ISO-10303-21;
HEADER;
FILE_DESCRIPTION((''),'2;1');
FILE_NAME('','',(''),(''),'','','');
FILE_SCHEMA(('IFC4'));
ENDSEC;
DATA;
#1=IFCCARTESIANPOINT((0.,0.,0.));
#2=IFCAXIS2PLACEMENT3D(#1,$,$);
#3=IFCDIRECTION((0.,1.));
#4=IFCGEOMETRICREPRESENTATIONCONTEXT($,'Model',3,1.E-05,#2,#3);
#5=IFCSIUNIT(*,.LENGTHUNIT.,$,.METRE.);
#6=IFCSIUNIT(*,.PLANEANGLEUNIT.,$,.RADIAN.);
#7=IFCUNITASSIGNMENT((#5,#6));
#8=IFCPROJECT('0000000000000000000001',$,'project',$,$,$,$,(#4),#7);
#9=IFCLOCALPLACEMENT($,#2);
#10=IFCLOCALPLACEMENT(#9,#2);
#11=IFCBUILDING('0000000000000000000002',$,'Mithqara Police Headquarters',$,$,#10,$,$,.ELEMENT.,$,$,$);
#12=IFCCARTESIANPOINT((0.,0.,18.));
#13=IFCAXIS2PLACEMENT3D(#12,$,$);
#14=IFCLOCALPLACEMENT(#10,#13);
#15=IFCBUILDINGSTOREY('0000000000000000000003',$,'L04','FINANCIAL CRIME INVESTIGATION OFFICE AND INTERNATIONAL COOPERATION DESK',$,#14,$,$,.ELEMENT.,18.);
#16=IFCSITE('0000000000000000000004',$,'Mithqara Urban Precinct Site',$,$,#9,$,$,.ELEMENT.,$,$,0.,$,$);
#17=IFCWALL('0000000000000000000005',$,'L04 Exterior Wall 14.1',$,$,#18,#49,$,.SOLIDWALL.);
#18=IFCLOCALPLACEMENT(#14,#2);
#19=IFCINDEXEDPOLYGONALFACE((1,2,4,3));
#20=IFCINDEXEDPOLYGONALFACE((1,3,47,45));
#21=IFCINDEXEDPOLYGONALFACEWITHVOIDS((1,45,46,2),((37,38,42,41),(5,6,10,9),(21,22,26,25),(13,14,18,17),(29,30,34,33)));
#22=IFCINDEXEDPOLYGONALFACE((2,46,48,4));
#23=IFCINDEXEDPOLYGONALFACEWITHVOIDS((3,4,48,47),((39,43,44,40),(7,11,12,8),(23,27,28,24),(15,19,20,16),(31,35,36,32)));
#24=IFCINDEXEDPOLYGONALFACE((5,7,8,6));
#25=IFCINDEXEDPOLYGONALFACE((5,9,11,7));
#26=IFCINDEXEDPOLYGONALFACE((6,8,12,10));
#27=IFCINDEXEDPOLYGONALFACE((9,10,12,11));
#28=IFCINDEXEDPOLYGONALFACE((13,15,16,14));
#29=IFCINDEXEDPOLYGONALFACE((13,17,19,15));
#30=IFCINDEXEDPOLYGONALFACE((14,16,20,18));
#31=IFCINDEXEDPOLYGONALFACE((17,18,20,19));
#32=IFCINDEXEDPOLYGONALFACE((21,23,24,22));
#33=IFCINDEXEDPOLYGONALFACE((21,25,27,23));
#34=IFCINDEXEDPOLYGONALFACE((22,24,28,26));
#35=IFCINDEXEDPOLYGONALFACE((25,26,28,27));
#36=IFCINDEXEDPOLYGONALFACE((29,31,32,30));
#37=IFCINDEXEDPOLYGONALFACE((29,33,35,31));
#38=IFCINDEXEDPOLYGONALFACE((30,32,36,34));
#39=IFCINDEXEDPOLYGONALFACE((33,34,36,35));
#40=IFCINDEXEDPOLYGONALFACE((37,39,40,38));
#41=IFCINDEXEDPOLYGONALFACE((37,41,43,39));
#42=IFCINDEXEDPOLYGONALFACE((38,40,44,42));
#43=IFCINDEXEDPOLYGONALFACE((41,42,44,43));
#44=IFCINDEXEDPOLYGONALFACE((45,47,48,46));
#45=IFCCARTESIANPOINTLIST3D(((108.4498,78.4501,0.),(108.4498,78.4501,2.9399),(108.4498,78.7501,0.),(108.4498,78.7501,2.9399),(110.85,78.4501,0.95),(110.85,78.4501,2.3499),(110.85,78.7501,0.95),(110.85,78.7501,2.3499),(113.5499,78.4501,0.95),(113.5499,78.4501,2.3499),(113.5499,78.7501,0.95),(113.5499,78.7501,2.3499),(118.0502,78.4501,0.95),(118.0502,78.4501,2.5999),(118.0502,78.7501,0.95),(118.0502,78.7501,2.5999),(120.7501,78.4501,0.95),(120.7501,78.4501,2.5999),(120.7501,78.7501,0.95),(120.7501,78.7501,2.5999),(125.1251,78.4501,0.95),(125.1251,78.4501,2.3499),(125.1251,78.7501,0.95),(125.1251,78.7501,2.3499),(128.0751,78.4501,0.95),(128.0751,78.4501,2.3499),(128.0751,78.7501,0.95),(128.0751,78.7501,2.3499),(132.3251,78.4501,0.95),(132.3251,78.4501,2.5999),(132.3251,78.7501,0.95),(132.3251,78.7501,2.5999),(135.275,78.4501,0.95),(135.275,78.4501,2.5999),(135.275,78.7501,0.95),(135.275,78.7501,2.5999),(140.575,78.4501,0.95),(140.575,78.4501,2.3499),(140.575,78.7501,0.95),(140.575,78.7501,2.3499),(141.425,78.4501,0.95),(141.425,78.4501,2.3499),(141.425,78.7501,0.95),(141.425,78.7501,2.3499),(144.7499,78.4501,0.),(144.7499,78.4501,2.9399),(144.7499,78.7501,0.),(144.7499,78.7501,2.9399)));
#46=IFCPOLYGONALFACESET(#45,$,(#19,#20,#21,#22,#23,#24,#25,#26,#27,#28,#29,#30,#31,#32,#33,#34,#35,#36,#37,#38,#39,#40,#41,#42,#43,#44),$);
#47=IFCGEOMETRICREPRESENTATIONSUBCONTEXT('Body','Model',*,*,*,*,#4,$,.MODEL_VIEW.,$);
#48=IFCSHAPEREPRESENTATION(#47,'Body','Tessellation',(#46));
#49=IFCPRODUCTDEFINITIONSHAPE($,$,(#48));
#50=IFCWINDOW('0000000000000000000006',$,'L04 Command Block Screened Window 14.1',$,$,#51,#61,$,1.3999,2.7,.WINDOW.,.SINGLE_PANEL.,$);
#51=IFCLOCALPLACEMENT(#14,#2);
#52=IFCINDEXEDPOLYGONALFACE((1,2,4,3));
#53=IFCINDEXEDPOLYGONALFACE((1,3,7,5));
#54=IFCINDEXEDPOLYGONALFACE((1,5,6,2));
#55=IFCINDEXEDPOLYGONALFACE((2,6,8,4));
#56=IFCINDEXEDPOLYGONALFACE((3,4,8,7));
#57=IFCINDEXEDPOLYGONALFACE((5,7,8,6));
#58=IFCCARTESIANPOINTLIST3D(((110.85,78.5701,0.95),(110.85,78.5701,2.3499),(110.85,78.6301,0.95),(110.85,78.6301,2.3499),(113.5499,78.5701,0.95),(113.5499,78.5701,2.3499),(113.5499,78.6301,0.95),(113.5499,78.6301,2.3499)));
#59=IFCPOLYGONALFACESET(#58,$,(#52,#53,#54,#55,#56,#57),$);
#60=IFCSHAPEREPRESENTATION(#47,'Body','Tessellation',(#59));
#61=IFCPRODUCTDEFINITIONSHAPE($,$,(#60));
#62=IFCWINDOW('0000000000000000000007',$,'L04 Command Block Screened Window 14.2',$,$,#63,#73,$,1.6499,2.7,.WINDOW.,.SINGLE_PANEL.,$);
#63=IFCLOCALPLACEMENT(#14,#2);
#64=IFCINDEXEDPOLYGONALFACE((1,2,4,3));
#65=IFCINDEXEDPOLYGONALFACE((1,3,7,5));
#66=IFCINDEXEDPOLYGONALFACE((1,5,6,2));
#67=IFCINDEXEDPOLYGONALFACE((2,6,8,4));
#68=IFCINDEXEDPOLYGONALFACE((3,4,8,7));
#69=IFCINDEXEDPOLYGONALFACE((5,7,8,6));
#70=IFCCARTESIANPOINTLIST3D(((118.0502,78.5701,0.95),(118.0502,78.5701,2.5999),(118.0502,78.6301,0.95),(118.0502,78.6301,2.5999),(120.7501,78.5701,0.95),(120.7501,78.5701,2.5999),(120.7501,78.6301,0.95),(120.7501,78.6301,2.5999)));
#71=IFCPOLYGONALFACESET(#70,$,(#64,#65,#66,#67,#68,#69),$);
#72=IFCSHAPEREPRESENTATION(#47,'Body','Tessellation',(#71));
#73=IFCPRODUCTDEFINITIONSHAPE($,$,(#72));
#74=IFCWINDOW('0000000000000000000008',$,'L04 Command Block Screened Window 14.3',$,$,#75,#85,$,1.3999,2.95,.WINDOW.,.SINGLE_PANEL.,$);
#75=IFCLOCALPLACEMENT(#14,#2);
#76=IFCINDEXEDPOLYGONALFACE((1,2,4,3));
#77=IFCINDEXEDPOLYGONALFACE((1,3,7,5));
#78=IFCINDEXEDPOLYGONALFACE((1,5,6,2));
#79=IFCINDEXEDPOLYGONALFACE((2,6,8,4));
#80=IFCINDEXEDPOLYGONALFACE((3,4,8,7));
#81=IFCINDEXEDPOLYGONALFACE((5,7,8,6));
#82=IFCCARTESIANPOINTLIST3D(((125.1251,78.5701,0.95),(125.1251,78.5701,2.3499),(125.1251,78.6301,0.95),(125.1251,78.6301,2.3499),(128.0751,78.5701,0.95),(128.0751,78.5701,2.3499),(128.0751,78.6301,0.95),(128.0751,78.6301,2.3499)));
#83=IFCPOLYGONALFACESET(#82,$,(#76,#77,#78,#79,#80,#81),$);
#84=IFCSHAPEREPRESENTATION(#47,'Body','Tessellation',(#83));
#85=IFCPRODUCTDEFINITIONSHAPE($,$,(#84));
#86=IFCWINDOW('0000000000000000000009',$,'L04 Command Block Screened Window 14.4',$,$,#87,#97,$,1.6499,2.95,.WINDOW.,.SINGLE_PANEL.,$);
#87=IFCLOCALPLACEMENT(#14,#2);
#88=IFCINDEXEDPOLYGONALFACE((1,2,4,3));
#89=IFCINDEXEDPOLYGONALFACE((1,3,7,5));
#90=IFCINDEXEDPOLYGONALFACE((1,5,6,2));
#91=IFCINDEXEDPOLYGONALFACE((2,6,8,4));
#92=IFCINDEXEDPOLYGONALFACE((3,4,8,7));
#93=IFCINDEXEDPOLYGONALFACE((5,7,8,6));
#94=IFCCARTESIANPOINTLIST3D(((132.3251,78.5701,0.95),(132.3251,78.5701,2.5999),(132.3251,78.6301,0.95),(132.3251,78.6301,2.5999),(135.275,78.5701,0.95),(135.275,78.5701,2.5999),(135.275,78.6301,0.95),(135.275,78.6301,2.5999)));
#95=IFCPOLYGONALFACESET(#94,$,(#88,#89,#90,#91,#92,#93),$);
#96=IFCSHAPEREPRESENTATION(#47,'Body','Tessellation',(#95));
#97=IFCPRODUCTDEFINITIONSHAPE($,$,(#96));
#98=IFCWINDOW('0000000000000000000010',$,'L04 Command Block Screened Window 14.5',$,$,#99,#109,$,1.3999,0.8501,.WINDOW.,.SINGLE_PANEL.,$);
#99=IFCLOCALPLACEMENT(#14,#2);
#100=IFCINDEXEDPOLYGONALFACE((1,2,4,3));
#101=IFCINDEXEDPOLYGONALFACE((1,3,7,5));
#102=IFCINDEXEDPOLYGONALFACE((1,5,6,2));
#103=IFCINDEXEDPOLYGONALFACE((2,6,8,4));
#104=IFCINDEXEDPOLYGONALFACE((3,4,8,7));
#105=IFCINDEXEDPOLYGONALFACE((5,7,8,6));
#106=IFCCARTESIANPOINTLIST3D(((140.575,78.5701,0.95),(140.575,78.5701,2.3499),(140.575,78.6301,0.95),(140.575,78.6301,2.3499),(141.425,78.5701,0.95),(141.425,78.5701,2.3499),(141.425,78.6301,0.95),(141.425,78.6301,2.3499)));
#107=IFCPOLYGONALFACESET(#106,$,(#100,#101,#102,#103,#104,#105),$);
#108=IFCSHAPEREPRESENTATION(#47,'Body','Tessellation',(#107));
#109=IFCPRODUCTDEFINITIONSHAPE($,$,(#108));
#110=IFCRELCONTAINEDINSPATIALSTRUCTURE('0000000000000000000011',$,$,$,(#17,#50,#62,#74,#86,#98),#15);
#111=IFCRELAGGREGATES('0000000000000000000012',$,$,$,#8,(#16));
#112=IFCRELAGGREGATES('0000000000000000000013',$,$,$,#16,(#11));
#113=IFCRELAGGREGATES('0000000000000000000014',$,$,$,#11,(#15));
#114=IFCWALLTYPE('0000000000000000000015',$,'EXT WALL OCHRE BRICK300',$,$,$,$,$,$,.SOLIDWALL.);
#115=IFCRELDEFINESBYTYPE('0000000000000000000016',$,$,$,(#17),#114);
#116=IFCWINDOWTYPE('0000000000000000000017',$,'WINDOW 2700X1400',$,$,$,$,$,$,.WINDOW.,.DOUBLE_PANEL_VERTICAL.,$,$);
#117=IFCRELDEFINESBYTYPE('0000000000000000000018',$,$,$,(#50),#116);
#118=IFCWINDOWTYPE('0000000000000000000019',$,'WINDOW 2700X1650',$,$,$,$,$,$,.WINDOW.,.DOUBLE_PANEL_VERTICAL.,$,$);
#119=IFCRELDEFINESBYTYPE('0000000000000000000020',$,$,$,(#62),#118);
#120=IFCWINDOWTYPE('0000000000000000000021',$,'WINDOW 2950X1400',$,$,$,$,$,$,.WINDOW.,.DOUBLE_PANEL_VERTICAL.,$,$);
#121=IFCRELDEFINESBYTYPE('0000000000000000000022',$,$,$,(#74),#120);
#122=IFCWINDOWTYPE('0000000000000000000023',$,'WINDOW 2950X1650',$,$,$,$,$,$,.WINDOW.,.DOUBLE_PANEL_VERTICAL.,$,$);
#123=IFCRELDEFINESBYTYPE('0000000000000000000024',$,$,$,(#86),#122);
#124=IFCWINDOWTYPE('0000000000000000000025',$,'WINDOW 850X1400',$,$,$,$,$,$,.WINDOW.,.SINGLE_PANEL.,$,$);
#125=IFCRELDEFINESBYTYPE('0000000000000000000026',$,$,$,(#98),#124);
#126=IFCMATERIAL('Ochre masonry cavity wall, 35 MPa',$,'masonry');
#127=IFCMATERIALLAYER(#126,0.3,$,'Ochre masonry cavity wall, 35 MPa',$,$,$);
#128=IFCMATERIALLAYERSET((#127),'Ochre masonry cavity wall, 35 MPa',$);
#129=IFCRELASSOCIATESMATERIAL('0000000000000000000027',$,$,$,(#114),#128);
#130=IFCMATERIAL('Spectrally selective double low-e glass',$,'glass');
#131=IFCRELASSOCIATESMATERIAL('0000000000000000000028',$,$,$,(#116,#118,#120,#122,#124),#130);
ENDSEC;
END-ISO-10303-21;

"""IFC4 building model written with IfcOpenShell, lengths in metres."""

from ifc_helpers import new_model, si_unit, direction, frame, frame_2d, origin, place, context, subcontext, project, spatial, rectangle, extrude, material, layer, layer_set, type_object, element, fill, save


model = new_model("IFC4")

# Units and contexts
model_context = context("Model", 3, precision=1e-05, world=origin(), true_north=direction((0.0, 1.0)))
body_context = subcontext(model_context, "Body", "Model", "MODEL_VIEW")
ifc_project = project(units=[si_unit("LENGTHUNIT", "METRE"), si_unit("PLANEANGLEUNIT", "RADIAN")], contexts=[model_context])

# Site, building, storey
site_placement = place(None, origin())
site = spatial("IfcSite", under=ifc_project, at=site_placement, Name="Mithqara Urban Precinct Site", CompositionType="ELEMENT", RefElevation=0.0)
building_placement = place(site_placement, origin())
building = spatial("IfcBuilding", under=site, at=building_placement, Name="Mithqara Police Headquarters", CompositionType="ELEMENT")
storey_placement = place(building_placement, frame((0.0, 0.0, 18.0)))
storey = spatial("IfcBuildingStorey", under=building, at=storey_placement, Name="L04", Description="FINANCIAL CRIME INVESTIGATION OFFICE AND INTERNATIONAL COOPERATION DESK", CompositionType="ELEMENT", Elevation=18.0)

# Wall, openings, windows
ifc_material_1 = material(Name="Ochre masonry cavity wall, 35 MPa", Category="masonry")
ifc_layer_1 = layer(ifc_material_1, 0.3, Name="Ochre masonry cavity wall, 35 MPa")
ifc_layer_set_1 = layer_set([ifc_layer_1], Name="Ochre masonry cavity wall, 35 MPa")
wall_type = type_object("IfcWallType", Name="EXT WALL OCHRE BRICK300", PredefinedType="SOLIDWALL", material=ifc_layer_set_1)
wall_placement = place(storey_placement, frame((108.45, 78.6001, 0.0), z_axis=(0.0, 0.0, 1.0), x_axis=(1.0, 0.0, 0.0)))
wall = element("IfcWall", 1, at=wall_placement, inside=storey, type_object=wall_type, Name="L04 Exterior Wall 14.1", PredefinedType="SOLIDWALL", context=body_context, shape_type="SweptSolid", body=[
    extrude(rectangle(XDim=36.3, YDim=0.3, at=frame_2d((18.1499, 0.0))), origin(), (0.0, 0.0, 1.0), 2.9399),
])
opening_1_placement = place(wall_placement, frame((2.3999, 0.0, 0.95)))
opening_1 = element("IfcOpeningElement", 2, at=opening_1_placement, cuts=wall, PredefinedType="OPENING", context=body_context, shape_type="SweptSolid", body=[
    extrude(rectangle(XDim=2.7, YDim=1.3999, at=frame_2d((1.3501, 0.7))), frame((0.0, 0.1602, 0.0), z_axis=(0.0, -1.0, 0.0), x_axis=(1.0, 0.0, 0.0)), (0.0, 0.0, 1.0), 0.3201),
])
opening_2_placement = place(wall_placement, frame((9.6001, 0.0, 0.95)))
opening_2 = element("IfcOpeningElement", 3, at=opening_2_placement, cuts=wall, PredefinedType="OPENING", context=body_context, shape_type="SweptSolid", body=[
    extrude(rectangle(XDim=2.7, YDim=1.6499, at=frame_2d((1.3501, 0.825))), frame((0.0, 0.1602, 0.0), z_axis=(0.0, -1.0, 0.0), x_axis=(1.0, 0.0, 0.0)), (0.0, 0.0, 1.0), 0.3201),
])
opening_3_placement = place(wall_placement, frame((16.675, 0.0, 0.95)))
opening_3 = element("IfcOpeningElement", 4, at=opening_3_placement, cuts=wall, PredefinedType="OPENING", context=body_context, shape_type="SweptSolid", body=[
    extrude(rectangle(XDim=2.95, YDim=1.3999, at=frame_2d((1.4751, 0.7))), frame((0.0, 0.1602, 0.0), z_axis=(0.0, -1.0, 0.0), x_axis=(1.0, 0.0, 0.0)), (0.0, 0.0, 1.0), 0.3201),
])
opening_4_placement = place(wall_placement, frame((23.875, 0.0, 0.95)))
opening_4 = element("IfcOpeningElement", 5, at=opening_4_placement, cuts=wall, PredefinedType="OPENING", context=body_context, shape_type="SweptSolid", body=[
    extrude(rectangle(XDim=2.95, YDim=1.6499, at=frame_2d((1.4751, 0.825))), frame((0.0, 0.1602, 0.0), z_axis=(0.0, -1.0, 0.0), x_axis=(1.0, 0.0, 0.0)), (0.0, 0.0, 1.0), 0.3201),
])
opening_5_placement = place(wall_placement, frame((32.125, 0.0, 0.95)))
opening_5 = element("IfcOpeningElement", 6, at=opening_5_placement, cuts=wall, PredefinedType="OPENING", context=body_context, shape_type="SweptSolid", body=[
    extrude(rectangle(XDim=0.8501, YDim=1.3999, at=frame_2d((0.425, 0.7))), frame((0.0, 0.1602, 0.0), z_axis=(0.0, -1.0, 0.0), x_axis=(1.0, 0.0, 0.0)), (0.0, 0.0, 1.0), 0.3201),
])
ifc_material_2 = material(Name="Spectrally selective double low-e glass", Category="glass")
window_type_1 = type_object("IfcWindowType", Name="WINDOW 2700X1400", PartitioningType="DOUBLE_PANEL_VERTICAL", PredefinedType="WINDOW", material=ifc_material_2)
window_1_placement = place(opening_1_placement, origin())
window_1 = element("IfcWindow", 7, at=window_1_placement, inside=storey, type_object=window_type_1, Name="L04 Command Block Screened Window 14.1", OverallHeight=1.3999, OverallWidth=2.7, PartitioningType="SINGLE_PANEL", PredefinedType="WINDOW", context=body_context, shape_type="SweptSolid", body=[
    extrude(rectangle(XDim=2.7, YDim=1.3999, at=frame_2d((1.3501, 0.7))), frame((0.0, 0.03, 0.0), z_axis=(0.0, -1.0, 0.0), x_axis=(1.0, 0.0, 0.0)), (0.0, 0.0, 1.0), 0.0601),
])
fill(opening_1, window_1)
window_type_2 = type_object("IfcWindowType", Name="WINDOW 2700X1650", PartitioningType="DOUBLE_PANEL_VERTICAL", PredefinedType="WINDOW", material=ifc_material_2)
window_2_placement = place(opening_2_placement, origin())
window_2 = element("IfcWindow", 8, at=window_2_placement, inside=storey, type_object=window_type_2, Name="L04 Command Block Screened Window 14.2", OverallHeight=1.6499, OverallWidth=2.7, PartitioningType="SINGLE_PANEL", PredefinedType="WINDOW", context=body_context, shape_type="SweptSolid", body=[
    extrude(rectangle(XDim=2.7, YDim=1.6499, at=frame_2d((1.3501, 0.825))), frame((0.0, 0.03, 0.0), z_axis=(0.0, -1.0, 0.0), x_axis=(1.0, 0.0, 0.0)), (0.0, 0.0, 1.0), 0.0601),
])
fill(opening_2, window_2)
window_type_3 = type_object("IfcWindowType", Name="WINDOW 2950X1400", PartitioningType="DOUBLE_PANEL_VERTICAL", PredefinedType="WINDOW", material=ifc_material_2)
window_3_placement = place(opening_3_placement, origin())
window_3 = element("IfcWindow", 9, at=window_3_placement, inside=storey, type_object=window_type_3, Name="L04 Command Block Screened Window 14.3", OverallHeight=1.3999, OverallWidth=2.95, PartitioningType="SINGLE_PANEL", PredefinedType="WINDOW", context=body_context, shape_type="SweptSolid", body=[
    extrude(rectangle(XDim=2.95, YDim=1.3999, at=frame_2d((1.4751, 0.7))), frame((0.0, 0.03, 0.0), z_axis=(0.0, -1.0, 0.0), x_axis=(1.0, 0.0, 0.0)), (0.0, 0.0, 1.0), 0.0601),
])
fill(opening_3, window_3)
window_type_4 = type_object("IfcWindowType", Name="WINDOW 2950X1650", PartitioningType="DOUBLE_PANEL_VERTICAL", PredefinedType="WINDOW", material=ifc_material_2)
window_4_placement = place(opening_4_placement, origin())
window_4 = element("IfcWindow", 10, at=window_4_placement, inside=storey, type_object=window_type_4, Name="L04 Command Block Screened Window 14.4", OverallHeight=1.6499, OverallWidth=2.95, PartitioningType="SINGLE_PANEL", PredefinedType="WINDOW", context=body_context, shape_type="SweptSolid", body=[
    extrude(rectangle(XDim=2.95, YDim=1.6499, at=frame_2d((1.4751, 0.825))), frame((0.0, 0.03, 0.0), z_axis=(0.0, -1.0, 0.0), x_axis=(1.0, 0.0, 0.0)), (0.0, 0.0, 1.0), 0.0601),
])
fill(opening_4, window_4)
window_type_5 = type_object("IfcWindowType", Name="WINDOW 850X1400", PartitioningType="SINGLE_PANEL", PredefinedType="WINDOW", material=ifc_material_2)
window_5_placement = place(opening_5_placement, origin())
window_5 = element("IfcWindow", 11, at=window_5_placement, inside=storey, type_object=window_type_5, Name="L04 Command Block Screened Window 14.5", OverallHeight=1.3999, OverallWidth=0.8501, PartitioningType="SINGLE_PANEL", PredefinedType="WINDOW", context=body_context, shape_type="SweptSolid", body=[
    extrude(rectangle(XDim=0.8501, YDim=1.3999, at=frame_2d((0.425, 0.7))), frame((0.0, 0.03, 0.0), z_axis=(0.0, -1.0, 0.0), x_axis=(1.0, 0.0, 0.0)), (0.0, 0.0, 1.0), 0.0601),
])
fill(opening_5, window_5)

save(model, "model.ifc")
